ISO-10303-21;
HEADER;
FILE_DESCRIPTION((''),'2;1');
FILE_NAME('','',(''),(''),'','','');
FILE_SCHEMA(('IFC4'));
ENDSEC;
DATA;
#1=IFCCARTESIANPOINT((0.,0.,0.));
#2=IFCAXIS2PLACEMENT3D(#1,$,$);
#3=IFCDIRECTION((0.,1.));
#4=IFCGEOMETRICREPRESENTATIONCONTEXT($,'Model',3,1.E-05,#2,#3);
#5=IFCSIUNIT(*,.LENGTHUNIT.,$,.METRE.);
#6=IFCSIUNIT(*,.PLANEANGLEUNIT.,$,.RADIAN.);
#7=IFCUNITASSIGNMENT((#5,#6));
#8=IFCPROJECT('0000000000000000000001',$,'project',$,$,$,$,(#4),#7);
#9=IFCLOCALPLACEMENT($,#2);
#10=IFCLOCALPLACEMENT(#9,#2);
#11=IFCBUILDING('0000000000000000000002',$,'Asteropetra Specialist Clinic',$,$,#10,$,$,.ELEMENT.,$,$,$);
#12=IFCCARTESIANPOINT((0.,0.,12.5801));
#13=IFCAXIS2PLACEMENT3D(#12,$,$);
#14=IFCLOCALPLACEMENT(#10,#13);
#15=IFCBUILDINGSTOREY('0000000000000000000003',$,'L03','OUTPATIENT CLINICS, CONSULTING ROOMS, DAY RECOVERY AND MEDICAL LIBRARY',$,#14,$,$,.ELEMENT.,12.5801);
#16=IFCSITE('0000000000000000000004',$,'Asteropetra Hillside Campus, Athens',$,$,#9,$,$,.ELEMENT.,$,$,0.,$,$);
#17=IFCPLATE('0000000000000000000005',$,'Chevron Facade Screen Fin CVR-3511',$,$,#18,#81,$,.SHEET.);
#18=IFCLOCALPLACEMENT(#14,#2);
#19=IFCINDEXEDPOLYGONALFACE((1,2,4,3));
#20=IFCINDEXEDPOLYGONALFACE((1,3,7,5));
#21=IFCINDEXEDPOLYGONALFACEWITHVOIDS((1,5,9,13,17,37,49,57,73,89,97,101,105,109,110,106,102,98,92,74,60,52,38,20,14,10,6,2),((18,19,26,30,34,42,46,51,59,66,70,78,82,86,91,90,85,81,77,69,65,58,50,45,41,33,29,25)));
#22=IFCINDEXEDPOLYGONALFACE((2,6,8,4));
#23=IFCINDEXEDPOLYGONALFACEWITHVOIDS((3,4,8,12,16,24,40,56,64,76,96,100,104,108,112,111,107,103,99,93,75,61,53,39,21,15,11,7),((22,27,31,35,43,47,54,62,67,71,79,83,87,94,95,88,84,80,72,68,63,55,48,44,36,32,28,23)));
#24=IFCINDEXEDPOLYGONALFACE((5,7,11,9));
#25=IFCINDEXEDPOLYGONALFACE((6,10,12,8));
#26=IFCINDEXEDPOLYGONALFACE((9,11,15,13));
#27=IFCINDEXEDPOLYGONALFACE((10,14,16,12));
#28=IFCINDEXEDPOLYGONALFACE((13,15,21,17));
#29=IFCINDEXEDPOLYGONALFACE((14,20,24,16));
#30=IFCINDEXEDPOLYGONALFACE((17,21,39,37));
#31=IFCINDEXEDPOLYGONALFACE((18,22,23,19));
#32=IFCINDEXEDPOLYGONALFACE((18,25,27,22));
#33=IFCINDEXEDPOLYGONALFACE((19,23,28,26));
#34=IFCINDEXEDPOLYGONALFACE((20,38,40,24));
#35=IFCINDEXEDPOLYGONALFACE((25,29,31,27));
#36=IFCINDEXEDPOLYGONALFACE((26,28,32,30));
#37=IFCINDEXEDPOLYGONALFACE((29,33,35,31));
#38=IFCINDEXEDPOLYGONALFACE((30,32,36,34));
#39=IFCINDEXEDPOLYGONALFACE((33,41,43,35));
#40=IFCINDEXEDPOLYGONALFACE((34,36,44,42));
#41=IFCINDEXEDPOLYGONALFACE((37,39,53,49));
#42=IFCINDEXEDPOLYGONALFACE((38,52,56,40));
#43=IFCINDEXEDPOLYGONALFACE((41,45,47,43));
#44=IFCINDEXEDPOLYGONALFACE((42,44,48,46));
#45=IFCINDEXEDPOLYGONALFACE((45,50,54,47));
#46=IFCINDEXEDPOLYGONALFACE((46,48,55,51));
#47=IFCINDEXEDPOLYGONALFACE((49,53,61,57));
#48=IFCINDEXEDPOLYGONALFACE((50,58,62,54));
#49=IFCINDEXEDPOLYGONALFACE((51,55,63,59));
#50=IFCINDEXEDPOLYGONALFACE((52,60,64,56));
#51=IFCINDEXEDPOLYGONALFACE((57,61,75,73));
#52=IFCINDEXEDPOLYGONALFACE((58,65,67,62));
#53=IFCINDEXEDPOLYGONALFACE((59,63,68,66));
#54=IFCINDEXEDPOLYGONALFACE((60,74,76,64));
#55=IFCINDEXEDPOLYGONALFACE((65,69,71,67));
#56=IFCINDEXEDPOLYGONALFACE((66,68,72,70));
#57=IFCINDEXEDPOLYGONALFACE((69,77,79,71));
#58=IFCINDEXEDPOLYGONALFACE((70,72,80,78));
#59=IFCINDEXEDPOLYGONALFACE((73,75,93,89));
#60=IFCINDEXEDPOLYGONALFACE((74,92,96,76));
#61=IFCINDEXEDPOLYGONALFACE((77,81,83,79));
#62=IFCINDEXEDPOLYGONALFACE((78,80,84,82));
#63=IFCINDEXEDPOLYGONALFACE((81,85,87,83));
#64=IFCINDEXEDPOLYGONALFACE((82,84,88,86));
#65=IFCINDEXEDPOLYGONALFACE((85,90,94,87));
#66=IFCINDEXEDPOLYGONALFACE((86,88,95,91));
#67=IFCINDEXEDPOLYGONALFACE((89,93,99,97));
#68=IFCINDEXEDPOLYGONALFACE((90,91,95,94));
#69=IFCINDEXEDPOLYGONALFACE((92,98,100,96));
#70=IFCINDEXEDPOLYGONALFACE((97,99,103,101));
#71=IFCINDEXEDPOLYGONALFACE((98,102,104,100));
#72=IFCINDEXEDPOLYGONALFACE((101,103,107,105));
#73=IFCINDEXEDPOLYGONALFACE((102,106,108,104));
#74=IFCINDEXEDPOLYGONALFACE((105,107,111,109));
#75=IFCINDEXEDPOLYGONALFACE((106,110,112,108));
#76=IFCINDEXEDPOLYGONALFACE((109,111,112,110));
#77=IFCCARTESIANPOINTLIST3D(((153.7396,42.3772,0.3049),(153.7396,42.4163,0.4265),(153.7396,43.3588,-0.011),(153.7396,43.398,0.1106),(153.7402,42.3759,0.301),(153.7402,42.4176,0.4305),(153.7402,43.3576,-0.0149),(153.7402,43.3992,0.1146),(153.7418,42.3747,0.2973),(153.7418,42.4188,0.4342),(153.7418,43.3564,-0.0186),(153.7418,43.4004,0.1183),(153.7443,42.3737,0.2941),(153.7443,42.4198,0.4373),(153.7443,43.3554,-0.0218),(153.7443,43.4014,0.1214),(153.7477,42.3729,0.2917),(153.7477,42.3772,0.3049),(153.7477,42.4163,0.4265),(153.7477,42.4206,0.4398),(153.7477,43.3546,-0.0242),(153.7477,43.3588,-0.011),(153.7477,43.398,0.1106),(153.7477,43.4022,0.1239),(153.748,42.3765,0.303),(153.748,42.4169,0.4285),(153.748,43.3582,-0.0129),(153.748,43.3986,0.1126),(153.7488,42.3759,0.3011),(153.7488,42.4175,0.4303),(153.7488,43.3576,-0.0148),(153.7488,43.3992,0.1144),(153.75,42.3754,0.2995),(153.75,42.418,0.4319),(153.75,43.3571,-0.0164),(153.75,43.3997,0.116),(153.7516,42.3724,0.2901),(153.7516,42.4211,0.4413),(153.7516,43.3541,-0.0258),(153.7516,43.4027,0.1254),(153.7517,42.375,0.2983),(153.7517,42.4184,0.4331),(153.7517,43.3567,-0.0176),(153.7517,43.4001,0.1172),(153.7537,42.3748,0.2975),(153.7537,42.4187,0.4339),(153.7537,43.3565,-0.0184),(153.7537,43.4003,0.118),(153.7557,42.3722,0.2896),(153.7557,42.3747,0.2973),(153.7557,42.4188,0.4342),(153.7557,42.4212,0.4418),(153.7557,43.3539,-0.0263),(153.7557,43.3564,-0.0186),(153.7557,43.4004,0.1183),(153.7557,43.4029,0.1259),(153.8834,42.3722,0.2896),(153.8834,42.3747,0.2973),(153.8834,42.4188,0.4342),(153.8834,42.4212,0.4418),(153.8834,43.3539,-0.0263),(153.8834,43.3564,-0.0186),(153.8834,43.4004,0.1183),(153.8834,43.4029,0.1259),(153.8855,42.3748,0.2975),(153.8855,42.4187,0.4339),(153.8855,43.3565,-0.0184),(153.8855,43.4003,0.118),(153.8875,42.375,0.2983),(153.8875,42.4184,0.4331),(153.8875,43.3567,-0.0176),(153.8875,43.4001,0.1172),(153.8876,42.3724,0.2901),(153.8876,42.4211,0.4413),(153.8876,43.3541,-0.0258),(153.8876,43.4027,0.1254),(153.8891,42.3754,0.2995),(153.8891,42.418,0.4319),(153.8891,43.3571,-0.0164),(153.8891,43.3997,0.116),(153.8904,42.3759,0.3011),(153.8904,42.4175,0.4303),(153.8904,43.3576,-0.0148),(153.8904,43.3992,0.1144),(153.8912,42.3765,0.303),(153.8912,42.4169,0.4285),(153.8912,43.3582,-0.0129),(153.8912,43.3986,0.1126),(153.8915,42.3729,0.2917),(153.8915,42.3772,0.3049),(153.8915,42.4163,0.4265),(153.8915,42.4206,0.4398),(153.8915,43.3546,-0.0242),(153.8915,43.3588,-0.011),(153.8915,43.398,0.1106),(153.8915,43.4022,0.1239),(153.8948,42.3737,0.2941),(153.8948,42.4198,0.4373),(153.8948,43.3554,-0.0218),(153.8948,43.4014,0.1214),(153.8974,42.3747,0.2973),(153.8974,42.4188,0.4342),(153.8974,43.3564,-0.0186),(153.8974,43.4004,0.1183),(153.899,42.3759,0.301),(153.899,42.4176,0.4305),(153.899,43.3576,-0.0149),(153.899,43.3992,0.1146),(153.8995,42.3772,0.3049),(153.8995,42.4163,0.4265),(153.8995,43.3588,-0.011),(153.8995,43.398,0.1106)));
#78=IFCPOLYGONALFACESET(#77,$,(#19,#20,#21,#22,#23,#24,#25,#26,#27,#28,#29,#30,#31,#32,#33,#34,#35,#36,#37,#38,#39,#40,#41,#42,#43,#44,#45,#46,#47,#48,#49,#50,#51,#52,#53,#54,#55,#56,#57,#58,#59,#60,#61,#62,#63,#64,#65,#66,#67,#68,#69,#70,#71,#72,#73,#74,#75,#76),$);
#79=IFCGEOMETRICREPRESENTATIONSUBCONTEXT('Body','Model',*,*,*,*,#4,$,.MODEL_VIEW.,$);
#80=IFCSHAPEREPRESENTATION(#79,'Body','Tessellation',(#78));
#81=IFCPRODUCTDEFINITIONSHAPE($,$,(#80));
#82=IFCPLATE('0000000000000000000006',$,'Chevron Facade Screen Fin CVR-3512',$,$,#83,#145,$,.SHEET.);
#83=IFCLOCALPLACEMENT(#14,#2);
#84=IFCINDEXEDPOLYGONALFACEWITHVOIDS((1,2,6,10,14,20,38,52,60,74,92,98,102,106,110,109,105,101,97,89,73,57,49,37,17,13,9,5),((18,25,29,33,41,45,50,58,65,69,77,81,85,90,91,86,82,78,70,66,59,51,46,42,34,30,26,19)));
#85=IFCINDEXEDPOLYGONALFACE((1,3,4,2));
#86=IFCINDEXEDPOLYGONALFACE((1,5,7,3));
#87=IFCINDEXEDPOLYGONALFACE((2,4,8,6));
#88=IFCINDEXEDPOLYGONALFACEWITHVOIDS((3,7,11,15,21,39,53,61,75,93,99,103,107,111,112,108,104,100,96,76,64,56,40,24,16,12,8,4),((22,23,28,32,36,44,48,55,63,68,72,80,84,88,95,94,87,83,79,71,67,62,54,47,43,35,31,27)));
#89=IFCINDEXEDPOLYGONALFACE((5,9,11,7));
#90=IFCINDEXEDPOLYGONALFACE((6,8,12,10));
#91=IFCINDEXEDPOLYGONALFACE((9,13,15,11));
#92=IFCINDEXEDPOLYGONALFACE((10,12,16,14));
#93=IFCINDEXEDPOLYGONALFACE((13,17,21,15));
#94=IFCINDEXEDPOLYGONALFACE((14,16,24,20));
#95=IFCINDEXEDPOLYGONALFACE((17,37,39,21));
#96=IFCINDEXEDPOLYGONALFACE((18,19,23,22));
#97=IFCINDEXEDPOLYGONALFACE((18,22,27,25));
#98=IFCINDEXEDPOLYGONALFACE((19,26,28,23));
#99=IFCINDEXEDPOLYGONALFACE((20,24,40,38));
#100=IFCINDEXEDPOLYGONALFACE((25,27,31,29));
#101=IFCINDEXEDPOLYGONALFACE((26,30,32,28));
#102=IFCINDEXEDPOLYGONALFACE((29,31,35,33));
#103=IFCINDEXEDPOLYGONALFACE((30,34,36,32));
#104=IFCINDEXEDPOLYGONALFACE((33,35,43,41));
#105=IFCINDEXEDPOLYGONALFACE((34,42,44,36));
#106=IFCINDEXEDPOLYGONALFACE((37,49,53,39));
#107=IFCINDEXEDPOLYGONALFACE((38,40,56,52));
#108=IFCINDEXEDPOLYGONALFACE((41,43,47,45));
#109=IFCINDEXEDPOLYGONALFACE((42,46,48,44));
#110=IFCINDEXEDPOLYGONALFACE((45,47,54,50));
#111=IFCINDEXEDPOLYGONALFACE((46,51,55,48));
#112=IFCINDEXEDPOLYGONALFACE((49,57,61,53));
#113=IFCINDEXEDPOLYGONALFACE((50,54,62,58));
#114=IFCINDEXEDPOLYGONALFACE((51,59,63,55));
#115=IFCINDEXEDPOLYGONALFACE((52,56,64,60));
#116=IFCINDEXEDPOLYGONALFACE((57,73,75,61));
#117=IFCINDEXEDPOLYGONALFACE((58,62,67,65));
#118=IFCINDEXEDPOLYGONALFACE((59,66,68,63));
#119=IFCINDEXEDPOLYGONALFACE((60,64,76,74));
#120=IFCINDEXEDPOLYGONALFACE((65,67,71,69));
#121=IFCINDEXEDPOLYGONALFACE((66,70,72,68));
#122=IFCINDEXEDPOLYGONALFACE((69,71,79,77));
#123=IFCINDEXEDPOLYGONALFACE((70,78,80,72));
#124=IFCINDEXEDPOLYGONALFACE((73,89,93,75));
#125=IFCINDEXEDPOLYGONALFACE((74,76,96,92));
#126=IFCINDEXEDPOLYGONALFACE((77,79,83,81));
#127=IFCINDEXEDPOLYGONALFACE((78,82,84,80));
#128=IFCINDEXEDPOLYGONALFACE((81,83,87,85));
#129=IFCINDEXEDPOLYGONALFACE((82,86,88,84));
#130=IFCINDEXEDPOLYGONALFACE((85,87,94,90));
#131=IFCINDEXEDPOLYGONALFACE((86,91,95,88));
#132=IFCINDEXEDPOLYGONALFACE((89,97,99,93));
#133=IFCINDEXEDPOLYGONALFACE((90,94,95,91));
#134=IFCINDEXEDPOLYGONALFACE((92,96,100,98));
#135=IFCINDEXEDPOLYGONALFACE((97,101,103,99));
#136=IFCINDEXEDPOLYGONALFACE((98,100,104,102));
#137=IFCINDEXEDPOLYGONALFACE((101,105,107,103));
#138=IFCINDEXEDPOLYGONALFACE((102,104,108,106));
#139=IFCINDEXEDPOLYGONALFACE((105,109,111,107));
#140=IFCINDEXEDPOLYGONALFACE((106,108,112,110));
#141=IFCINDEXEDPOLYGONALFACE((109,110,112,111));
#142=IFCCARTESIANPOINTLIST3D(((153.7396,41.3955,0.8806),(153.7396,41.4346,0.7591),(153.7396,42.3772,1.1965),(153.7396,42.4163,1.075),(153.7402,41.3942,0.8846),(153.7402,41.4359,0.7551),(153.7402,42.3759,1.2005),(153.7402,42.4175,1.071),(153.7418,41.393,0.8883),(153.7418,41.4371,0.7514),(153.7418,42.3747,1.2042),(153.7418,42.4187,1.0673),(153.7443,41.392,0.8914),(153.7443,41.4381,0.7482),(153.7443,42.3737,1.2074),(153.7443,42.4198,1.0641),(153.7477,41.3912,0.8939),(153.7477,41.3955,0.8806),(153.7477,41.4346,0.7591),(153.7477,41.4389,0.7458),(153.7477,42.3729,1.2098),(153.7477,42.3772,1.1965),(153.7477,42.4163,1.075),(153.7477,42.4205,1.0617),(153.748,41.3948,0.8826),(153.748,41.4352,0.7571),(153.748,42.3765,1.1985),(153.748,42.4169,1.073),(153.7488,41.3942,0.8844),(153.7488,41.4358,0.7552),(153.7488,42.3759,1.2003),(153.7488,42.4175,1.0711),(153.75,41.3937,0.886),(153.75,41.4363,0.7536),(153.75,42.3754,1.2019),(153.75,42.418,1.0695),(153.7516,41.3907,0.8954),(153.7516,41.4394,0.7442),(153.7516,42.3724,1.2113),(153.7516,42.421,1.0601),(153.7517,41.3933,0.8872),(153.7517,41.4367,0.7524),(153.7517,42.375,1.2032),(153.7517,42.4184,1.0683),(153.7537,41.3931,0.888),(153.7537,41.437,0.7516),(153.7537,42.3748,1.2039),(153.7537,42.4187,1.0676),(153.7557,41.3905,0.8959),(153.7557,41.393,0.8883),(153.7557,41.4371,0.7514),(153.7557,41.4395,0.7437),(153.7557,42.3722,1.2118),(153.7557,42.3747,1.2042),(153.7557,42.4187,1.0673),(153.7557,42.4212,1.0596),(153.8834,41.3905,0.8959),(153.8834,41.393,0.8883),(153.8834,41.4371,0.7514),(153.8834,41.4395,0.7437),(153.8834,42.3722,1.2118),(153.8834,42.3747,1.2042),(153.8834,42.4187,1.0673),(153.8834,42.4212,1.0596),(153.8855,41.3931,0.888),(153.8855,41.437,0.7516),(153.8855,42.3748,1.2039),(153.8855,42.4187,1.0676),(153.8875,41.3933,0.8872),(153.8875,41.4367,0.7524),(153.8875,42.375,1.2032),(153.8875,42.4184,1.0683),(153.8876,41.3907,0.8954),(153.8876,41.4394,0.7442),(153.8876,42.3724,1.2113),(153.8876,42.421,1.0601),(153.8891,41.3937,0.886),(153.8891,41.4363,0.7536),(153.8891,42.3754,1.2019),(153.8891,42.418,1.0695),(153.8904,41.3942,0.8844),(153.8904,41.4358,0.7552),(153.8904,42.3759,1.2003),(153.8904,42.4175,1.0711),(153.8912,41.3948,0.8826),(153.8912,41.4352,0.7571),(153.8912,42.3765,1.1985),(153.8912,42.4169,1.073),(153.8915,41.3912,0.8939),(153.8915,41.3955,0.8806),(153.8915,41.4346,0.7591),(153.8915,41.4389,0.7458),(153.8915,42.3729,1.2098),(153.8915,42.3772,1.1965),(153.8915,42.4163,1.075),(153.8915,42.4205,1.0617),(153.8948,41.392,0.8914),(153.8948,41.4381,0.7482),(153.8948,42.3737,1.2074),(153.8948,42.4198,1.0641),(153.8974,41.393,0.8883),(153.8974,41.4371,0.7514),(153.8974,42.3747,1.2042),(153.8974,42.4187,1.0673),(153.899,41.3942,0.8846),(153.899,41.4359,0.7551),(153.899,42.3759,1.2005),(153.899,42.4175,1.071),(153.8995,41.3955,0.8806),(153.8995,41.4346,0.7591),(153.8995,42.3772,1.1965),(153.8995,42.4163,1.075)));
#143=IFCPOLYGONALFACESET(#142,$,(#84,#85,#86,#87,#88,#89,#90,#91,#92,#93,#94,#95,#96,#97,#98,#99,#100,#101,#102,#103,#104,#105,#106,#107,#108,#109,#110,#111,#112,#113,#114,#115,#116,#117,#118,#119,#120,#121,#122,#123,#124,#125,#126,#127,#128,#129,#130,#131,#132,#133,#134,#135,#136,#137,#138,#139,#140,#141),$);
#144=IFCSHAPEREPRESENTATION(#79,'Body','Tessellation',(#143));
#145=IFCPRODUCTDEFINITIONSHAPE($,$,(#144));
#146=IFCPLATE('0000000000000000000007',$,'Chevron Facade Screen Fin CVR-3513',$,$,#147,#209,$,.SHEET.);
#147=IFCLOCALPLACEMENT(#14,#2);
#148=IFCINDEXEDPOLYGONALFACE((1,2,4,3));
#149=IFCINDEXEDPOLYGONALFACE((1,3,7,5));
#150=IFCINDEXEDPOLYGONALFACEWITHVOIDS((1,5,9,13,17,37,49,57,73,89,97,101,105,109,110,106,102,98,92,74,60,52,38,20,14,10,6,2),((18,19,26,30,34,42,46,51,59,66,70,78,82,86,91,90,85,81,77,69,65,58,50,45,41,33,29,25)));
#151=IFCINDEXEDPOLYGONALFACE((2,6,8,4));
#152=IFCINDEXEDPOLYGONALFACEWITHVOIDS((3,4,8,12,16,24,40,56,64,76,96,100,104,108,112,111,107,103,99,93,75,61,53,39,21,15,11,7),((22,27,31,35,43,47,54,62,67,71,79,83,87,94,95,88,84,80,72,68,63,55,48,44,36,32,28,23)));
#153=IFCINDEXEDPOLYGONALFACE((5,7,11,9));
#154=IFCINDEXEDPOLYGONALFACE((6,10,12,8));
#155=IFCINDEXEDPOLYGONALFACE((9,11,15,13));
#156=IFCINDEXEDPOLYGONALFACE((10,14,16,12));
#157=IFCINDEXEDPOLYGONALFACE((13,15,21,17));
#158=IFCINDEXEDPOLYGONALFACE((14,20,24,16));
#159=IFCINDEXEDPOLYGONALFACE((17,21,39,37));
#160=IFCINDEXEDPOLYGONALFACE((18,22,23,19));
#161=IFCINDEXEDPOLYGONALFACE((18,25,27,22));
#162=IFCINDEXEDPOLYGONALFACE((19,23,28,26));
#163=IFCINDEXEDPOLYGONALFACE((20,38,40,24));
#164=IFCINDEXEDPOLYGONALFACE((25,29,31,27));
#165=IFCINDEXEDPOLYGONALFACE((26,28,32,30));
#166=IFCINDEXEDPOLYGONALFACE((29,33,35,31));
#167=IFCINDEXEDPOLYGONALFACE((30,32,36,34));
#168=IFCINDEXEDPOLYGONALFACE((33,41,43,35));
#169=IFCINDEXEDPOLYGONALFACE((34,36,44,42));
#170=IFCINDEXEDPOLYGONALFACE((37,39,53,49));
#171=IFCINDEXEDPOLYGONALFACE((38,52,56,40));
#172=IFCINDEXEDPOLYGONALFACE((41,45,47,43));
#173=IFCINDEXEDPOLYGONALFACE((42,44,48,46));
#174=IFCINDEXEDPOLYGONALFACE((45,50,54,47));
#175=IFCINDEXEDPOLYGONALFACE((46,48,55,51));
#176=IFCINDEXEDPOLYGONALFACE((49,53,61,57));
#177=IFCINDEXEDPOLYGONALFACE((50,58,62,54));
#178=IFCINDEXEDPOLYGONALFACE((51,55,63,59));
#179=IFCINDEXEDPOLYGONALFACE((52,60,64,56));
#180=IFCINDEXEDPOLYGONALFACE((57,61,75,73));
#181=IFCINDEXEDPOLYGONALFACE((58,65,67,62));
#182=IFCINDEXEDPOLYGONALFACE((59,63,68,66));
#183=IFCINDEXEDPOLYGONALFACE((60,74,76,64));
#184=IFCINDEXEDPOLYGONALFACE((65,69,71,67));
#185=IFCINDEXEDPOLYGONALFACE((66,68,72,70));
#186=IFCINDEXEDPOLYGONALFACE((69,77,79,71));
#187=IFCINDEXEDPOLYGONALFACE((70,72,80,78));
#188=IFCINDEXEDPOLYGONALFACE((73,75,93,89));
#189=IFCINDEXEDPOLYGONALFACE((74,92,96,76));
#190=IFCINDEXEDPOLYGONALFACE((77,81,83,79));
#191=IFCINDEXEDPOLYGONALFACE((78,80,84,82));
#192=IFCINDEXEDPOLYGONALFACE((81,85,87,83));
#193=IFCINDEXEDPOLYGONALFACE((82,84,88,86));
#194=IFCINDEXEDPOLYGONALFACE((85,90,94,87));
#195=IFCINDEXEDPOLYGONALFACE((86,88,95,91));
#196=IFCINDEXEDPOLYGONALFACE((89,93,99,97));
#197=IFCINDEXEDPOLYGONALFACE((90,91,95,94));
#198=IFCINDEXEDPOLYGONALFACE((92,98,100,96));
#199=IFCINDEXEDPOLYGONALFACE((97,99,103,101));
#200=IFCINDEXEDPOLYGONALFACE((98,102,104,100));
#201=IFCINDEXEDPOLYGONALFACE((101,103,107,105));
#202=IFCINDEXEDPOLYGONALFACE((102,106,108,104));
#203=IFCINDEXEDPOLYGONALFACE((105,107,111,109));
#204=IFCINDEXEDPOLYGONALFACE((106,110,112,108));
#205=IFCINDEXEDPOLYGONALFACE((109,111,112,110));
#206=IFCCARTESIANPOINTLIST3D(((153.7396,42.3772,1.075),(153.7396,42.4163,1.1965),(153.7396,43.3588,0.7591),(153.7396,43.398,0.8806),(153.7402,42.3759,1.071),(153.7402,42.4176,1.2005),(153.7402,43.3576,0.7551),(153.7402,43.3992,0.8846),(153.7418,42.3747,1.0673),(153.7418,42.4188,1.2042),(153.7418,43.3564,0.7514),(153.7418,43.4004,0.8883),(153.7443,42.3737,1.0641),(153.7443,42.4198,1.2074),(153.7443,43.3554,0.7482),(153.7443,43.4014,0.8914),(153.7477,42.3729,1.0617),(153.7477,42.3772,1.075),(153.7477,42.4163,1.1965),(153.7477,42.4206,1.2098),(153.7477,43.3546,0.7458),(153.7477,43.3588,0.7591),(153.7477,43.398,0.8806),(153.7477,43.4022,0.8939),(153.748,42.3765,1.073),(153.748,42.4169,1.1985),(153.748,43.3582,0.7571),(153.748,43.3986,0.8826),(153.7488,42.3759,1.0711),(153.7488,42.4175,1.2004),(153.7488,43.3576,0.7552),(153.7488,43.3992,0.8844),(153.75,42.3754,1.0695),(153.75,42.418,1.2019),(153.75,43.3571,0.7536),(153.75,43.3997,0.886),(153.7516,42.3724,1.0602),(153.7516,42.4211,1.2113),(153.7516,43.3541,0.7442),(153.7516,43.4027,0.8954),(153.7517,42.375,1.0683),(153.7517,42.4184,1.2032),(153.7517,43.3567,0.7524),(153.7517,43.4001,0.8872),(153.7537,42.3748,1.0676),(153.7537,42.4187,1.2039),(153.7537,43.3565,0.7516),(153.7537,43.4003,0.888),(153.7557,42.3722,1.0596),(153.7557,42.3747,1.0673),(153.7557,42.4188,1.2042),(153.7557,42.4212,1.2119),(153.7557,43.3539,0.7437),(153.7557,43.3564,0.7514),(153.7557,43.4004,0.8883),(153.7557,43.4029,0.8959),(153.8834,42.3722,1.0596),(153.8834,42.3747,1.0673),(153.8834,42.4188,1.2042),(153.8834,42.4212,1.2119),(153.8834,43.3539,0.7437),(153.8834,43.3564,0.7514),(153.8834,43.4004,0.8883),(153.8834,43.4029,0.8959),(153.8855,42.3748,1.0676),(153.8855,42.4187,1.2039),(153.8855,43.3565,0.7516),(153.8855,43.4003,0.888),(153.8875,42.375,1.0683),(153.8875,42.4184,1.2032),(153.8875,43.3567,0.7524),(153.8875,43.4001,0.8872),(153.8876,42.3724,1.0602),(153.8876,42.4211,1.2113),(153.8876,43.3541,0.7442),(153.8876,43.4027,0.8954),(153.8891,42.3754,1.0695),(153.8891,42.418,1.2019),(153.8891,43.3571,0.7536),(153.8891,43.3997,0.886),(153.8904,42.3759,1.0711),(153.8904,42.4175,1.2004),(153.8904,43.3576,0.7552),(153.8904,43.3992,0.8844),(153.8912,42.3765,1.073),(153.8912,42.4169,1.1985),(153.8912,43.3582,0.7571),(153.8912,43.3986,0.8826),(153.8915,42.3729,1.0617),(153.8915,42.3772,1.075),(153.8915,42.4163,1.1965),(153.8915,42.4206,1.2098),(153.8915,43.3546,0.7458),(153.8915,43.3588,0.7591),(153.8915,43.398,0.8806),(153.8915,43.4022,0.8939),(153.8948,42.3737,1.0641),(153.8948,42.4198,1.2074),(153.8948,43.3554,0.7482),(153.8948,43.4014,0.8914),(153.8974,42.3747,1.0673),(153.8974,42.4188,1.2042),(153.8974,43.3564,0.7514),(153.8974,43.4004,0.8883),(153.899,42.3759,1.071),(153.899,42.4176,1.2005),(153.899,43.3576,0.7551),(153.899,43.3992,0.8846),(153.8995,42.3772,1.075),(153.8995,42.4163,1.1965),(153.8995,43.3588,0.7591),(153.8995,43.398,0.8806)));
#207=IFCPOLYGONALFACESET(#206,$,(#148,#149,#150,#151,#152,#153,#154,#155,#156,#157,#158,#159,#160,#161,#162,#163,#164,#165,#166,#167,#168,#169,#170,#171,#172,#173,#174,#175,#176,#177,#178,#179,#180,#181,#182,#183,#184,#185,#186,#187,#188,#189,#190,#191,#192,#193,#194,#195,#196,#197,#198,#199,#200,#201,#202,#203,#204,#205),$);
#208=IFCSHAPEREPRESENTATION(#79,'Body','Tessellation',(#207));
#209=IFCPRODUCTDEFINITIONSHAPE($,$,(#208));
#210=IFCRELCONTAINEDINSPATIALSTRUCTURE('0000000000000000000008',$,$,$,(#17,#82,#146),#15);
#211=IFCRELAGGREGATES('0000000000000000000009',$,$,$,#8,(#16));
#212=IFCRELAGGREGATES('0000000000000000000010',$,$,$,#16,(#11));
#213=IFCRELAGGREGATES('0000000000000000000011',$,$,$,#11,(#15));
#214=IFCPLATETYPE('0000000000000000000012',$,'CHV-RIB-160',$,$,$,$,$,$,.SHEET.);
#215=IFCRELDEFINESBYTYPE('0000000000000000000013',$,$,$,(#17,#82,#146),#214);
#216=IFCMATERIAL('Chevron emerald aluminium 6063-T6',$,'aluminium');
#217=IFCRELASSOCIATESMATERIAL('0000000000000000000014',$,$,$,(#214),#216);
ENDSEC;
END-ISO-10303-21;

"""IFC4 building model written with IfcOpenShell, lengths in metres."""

from ifc_helpers import new_model, si_unit, direction, frame, origin, origin_2d, place, context, subcontext, project, spatial, hollow_rectangle, extrude, material, material_profile, profile_set, type_object, element, save


model = new_model("IFC4")

# Units and contexts
model_context = context("Model", 3, precision=1e-05, world=origin(), true_north=direction((0.0, 1.0)))
body_context = subcontext(model_context, "Body", "Model", "MODEL_VIEW")
ifc_project = project(units=[si_unit("LENGTHUNIT", "METRE"), si_unit("PLANEANGLEUNIT", "RADIAN")], contexts=[model_context])

# Site, building, storey
site_placement = place(None, origin())
site = spatial("IfcSite", under=ifc_project, at=site_placement, Name="Asteropetra Hillside Campus, Athens", CompositionType="ELEMENT", RefElevation=0.0)
building_placement = place(site_placement, origin())
building = spatial("IfcBuilding", under=site, at=building_placement, Name="Asteropetra Specialist Clinic", CompositionType="ELEMENT")
storey_placement = place(building_placement, frame((0.0, 0.0, 12.5801)))
storey = spatial("IfcBuildingStorey", under=building, at=storey_placement, Name="L03", Description="OUTPATIENT CLINICS, CONSULTING ROOMS, DAY RECOVERY AND MEDICAL LIBRARY", CompositionType="ELEMENT", Elevation=12.5801)

# Plates
ifc_material_1 = material(Name="Chevron emerald aluminium 6063-T6", Category="aluminium")
ifc_material_profile_1 = material_profile(ifc_material_1, hollow_rectangle(XDim=0.1599, YDim=0.1599, WallThickness=0.0081, InnerFilletRadius=0.0081, OuterFilletRadius=0.0161, at=origin_2d()), Name="SHS 160x160x8.0")
ifc_profile_set_1 = profile_set([ifc_material_profile_1], Name="Chevron emerald aluminium 6063-T6")
plate_type_1 = type_object("IfcPlateType", Name="CHV-RIB-160", PredefinedType="SHEET", material=ifc_profile_set_1)
for number, where, z_axis, x_axis, name in (
    (1, (153.8196, 42.3967, 0.3657), (0.0, 0.951923, -0.306339), (-1.0, 0.0, 0.0), "Chevron Facade Screen Fin CVR-3511"),
    (2, (153.8196, 41.415, 0.8198), (0.0, 0.951923, 0.306339), (-1.0, 0.0, 0.0), "Chevron Facade Screen Fin CVR-3512"),
    (3, (153.8196, 42.3967, 1.1357), (0.0, 0.951923, -0.306339), (-1.0, 0.0, 0.0), "Chevron Facade Screen Fin CVR-3513"),
):
    element("IfcPlate", number, at=place(storey_placement, frame(where, z_axis=z_axis, x_axis=x_axis)), inside=storey, type_object=plate_type_1, Name=name, PredefinedType="SHEET", context=body_context, shape_type="SweptSolid", body=[
        extrude(hollow_rectangle(XDim=0.1599, YDim=0.1599, WallThickness=0.0081, InnerFilletRadius=0.0081, OuterFilletRadius=0.0161, at=origin_2d()), origin(), (0.0, 0.0, 1.0), 1.0312),
    ])

save(model, "model.ifc")
